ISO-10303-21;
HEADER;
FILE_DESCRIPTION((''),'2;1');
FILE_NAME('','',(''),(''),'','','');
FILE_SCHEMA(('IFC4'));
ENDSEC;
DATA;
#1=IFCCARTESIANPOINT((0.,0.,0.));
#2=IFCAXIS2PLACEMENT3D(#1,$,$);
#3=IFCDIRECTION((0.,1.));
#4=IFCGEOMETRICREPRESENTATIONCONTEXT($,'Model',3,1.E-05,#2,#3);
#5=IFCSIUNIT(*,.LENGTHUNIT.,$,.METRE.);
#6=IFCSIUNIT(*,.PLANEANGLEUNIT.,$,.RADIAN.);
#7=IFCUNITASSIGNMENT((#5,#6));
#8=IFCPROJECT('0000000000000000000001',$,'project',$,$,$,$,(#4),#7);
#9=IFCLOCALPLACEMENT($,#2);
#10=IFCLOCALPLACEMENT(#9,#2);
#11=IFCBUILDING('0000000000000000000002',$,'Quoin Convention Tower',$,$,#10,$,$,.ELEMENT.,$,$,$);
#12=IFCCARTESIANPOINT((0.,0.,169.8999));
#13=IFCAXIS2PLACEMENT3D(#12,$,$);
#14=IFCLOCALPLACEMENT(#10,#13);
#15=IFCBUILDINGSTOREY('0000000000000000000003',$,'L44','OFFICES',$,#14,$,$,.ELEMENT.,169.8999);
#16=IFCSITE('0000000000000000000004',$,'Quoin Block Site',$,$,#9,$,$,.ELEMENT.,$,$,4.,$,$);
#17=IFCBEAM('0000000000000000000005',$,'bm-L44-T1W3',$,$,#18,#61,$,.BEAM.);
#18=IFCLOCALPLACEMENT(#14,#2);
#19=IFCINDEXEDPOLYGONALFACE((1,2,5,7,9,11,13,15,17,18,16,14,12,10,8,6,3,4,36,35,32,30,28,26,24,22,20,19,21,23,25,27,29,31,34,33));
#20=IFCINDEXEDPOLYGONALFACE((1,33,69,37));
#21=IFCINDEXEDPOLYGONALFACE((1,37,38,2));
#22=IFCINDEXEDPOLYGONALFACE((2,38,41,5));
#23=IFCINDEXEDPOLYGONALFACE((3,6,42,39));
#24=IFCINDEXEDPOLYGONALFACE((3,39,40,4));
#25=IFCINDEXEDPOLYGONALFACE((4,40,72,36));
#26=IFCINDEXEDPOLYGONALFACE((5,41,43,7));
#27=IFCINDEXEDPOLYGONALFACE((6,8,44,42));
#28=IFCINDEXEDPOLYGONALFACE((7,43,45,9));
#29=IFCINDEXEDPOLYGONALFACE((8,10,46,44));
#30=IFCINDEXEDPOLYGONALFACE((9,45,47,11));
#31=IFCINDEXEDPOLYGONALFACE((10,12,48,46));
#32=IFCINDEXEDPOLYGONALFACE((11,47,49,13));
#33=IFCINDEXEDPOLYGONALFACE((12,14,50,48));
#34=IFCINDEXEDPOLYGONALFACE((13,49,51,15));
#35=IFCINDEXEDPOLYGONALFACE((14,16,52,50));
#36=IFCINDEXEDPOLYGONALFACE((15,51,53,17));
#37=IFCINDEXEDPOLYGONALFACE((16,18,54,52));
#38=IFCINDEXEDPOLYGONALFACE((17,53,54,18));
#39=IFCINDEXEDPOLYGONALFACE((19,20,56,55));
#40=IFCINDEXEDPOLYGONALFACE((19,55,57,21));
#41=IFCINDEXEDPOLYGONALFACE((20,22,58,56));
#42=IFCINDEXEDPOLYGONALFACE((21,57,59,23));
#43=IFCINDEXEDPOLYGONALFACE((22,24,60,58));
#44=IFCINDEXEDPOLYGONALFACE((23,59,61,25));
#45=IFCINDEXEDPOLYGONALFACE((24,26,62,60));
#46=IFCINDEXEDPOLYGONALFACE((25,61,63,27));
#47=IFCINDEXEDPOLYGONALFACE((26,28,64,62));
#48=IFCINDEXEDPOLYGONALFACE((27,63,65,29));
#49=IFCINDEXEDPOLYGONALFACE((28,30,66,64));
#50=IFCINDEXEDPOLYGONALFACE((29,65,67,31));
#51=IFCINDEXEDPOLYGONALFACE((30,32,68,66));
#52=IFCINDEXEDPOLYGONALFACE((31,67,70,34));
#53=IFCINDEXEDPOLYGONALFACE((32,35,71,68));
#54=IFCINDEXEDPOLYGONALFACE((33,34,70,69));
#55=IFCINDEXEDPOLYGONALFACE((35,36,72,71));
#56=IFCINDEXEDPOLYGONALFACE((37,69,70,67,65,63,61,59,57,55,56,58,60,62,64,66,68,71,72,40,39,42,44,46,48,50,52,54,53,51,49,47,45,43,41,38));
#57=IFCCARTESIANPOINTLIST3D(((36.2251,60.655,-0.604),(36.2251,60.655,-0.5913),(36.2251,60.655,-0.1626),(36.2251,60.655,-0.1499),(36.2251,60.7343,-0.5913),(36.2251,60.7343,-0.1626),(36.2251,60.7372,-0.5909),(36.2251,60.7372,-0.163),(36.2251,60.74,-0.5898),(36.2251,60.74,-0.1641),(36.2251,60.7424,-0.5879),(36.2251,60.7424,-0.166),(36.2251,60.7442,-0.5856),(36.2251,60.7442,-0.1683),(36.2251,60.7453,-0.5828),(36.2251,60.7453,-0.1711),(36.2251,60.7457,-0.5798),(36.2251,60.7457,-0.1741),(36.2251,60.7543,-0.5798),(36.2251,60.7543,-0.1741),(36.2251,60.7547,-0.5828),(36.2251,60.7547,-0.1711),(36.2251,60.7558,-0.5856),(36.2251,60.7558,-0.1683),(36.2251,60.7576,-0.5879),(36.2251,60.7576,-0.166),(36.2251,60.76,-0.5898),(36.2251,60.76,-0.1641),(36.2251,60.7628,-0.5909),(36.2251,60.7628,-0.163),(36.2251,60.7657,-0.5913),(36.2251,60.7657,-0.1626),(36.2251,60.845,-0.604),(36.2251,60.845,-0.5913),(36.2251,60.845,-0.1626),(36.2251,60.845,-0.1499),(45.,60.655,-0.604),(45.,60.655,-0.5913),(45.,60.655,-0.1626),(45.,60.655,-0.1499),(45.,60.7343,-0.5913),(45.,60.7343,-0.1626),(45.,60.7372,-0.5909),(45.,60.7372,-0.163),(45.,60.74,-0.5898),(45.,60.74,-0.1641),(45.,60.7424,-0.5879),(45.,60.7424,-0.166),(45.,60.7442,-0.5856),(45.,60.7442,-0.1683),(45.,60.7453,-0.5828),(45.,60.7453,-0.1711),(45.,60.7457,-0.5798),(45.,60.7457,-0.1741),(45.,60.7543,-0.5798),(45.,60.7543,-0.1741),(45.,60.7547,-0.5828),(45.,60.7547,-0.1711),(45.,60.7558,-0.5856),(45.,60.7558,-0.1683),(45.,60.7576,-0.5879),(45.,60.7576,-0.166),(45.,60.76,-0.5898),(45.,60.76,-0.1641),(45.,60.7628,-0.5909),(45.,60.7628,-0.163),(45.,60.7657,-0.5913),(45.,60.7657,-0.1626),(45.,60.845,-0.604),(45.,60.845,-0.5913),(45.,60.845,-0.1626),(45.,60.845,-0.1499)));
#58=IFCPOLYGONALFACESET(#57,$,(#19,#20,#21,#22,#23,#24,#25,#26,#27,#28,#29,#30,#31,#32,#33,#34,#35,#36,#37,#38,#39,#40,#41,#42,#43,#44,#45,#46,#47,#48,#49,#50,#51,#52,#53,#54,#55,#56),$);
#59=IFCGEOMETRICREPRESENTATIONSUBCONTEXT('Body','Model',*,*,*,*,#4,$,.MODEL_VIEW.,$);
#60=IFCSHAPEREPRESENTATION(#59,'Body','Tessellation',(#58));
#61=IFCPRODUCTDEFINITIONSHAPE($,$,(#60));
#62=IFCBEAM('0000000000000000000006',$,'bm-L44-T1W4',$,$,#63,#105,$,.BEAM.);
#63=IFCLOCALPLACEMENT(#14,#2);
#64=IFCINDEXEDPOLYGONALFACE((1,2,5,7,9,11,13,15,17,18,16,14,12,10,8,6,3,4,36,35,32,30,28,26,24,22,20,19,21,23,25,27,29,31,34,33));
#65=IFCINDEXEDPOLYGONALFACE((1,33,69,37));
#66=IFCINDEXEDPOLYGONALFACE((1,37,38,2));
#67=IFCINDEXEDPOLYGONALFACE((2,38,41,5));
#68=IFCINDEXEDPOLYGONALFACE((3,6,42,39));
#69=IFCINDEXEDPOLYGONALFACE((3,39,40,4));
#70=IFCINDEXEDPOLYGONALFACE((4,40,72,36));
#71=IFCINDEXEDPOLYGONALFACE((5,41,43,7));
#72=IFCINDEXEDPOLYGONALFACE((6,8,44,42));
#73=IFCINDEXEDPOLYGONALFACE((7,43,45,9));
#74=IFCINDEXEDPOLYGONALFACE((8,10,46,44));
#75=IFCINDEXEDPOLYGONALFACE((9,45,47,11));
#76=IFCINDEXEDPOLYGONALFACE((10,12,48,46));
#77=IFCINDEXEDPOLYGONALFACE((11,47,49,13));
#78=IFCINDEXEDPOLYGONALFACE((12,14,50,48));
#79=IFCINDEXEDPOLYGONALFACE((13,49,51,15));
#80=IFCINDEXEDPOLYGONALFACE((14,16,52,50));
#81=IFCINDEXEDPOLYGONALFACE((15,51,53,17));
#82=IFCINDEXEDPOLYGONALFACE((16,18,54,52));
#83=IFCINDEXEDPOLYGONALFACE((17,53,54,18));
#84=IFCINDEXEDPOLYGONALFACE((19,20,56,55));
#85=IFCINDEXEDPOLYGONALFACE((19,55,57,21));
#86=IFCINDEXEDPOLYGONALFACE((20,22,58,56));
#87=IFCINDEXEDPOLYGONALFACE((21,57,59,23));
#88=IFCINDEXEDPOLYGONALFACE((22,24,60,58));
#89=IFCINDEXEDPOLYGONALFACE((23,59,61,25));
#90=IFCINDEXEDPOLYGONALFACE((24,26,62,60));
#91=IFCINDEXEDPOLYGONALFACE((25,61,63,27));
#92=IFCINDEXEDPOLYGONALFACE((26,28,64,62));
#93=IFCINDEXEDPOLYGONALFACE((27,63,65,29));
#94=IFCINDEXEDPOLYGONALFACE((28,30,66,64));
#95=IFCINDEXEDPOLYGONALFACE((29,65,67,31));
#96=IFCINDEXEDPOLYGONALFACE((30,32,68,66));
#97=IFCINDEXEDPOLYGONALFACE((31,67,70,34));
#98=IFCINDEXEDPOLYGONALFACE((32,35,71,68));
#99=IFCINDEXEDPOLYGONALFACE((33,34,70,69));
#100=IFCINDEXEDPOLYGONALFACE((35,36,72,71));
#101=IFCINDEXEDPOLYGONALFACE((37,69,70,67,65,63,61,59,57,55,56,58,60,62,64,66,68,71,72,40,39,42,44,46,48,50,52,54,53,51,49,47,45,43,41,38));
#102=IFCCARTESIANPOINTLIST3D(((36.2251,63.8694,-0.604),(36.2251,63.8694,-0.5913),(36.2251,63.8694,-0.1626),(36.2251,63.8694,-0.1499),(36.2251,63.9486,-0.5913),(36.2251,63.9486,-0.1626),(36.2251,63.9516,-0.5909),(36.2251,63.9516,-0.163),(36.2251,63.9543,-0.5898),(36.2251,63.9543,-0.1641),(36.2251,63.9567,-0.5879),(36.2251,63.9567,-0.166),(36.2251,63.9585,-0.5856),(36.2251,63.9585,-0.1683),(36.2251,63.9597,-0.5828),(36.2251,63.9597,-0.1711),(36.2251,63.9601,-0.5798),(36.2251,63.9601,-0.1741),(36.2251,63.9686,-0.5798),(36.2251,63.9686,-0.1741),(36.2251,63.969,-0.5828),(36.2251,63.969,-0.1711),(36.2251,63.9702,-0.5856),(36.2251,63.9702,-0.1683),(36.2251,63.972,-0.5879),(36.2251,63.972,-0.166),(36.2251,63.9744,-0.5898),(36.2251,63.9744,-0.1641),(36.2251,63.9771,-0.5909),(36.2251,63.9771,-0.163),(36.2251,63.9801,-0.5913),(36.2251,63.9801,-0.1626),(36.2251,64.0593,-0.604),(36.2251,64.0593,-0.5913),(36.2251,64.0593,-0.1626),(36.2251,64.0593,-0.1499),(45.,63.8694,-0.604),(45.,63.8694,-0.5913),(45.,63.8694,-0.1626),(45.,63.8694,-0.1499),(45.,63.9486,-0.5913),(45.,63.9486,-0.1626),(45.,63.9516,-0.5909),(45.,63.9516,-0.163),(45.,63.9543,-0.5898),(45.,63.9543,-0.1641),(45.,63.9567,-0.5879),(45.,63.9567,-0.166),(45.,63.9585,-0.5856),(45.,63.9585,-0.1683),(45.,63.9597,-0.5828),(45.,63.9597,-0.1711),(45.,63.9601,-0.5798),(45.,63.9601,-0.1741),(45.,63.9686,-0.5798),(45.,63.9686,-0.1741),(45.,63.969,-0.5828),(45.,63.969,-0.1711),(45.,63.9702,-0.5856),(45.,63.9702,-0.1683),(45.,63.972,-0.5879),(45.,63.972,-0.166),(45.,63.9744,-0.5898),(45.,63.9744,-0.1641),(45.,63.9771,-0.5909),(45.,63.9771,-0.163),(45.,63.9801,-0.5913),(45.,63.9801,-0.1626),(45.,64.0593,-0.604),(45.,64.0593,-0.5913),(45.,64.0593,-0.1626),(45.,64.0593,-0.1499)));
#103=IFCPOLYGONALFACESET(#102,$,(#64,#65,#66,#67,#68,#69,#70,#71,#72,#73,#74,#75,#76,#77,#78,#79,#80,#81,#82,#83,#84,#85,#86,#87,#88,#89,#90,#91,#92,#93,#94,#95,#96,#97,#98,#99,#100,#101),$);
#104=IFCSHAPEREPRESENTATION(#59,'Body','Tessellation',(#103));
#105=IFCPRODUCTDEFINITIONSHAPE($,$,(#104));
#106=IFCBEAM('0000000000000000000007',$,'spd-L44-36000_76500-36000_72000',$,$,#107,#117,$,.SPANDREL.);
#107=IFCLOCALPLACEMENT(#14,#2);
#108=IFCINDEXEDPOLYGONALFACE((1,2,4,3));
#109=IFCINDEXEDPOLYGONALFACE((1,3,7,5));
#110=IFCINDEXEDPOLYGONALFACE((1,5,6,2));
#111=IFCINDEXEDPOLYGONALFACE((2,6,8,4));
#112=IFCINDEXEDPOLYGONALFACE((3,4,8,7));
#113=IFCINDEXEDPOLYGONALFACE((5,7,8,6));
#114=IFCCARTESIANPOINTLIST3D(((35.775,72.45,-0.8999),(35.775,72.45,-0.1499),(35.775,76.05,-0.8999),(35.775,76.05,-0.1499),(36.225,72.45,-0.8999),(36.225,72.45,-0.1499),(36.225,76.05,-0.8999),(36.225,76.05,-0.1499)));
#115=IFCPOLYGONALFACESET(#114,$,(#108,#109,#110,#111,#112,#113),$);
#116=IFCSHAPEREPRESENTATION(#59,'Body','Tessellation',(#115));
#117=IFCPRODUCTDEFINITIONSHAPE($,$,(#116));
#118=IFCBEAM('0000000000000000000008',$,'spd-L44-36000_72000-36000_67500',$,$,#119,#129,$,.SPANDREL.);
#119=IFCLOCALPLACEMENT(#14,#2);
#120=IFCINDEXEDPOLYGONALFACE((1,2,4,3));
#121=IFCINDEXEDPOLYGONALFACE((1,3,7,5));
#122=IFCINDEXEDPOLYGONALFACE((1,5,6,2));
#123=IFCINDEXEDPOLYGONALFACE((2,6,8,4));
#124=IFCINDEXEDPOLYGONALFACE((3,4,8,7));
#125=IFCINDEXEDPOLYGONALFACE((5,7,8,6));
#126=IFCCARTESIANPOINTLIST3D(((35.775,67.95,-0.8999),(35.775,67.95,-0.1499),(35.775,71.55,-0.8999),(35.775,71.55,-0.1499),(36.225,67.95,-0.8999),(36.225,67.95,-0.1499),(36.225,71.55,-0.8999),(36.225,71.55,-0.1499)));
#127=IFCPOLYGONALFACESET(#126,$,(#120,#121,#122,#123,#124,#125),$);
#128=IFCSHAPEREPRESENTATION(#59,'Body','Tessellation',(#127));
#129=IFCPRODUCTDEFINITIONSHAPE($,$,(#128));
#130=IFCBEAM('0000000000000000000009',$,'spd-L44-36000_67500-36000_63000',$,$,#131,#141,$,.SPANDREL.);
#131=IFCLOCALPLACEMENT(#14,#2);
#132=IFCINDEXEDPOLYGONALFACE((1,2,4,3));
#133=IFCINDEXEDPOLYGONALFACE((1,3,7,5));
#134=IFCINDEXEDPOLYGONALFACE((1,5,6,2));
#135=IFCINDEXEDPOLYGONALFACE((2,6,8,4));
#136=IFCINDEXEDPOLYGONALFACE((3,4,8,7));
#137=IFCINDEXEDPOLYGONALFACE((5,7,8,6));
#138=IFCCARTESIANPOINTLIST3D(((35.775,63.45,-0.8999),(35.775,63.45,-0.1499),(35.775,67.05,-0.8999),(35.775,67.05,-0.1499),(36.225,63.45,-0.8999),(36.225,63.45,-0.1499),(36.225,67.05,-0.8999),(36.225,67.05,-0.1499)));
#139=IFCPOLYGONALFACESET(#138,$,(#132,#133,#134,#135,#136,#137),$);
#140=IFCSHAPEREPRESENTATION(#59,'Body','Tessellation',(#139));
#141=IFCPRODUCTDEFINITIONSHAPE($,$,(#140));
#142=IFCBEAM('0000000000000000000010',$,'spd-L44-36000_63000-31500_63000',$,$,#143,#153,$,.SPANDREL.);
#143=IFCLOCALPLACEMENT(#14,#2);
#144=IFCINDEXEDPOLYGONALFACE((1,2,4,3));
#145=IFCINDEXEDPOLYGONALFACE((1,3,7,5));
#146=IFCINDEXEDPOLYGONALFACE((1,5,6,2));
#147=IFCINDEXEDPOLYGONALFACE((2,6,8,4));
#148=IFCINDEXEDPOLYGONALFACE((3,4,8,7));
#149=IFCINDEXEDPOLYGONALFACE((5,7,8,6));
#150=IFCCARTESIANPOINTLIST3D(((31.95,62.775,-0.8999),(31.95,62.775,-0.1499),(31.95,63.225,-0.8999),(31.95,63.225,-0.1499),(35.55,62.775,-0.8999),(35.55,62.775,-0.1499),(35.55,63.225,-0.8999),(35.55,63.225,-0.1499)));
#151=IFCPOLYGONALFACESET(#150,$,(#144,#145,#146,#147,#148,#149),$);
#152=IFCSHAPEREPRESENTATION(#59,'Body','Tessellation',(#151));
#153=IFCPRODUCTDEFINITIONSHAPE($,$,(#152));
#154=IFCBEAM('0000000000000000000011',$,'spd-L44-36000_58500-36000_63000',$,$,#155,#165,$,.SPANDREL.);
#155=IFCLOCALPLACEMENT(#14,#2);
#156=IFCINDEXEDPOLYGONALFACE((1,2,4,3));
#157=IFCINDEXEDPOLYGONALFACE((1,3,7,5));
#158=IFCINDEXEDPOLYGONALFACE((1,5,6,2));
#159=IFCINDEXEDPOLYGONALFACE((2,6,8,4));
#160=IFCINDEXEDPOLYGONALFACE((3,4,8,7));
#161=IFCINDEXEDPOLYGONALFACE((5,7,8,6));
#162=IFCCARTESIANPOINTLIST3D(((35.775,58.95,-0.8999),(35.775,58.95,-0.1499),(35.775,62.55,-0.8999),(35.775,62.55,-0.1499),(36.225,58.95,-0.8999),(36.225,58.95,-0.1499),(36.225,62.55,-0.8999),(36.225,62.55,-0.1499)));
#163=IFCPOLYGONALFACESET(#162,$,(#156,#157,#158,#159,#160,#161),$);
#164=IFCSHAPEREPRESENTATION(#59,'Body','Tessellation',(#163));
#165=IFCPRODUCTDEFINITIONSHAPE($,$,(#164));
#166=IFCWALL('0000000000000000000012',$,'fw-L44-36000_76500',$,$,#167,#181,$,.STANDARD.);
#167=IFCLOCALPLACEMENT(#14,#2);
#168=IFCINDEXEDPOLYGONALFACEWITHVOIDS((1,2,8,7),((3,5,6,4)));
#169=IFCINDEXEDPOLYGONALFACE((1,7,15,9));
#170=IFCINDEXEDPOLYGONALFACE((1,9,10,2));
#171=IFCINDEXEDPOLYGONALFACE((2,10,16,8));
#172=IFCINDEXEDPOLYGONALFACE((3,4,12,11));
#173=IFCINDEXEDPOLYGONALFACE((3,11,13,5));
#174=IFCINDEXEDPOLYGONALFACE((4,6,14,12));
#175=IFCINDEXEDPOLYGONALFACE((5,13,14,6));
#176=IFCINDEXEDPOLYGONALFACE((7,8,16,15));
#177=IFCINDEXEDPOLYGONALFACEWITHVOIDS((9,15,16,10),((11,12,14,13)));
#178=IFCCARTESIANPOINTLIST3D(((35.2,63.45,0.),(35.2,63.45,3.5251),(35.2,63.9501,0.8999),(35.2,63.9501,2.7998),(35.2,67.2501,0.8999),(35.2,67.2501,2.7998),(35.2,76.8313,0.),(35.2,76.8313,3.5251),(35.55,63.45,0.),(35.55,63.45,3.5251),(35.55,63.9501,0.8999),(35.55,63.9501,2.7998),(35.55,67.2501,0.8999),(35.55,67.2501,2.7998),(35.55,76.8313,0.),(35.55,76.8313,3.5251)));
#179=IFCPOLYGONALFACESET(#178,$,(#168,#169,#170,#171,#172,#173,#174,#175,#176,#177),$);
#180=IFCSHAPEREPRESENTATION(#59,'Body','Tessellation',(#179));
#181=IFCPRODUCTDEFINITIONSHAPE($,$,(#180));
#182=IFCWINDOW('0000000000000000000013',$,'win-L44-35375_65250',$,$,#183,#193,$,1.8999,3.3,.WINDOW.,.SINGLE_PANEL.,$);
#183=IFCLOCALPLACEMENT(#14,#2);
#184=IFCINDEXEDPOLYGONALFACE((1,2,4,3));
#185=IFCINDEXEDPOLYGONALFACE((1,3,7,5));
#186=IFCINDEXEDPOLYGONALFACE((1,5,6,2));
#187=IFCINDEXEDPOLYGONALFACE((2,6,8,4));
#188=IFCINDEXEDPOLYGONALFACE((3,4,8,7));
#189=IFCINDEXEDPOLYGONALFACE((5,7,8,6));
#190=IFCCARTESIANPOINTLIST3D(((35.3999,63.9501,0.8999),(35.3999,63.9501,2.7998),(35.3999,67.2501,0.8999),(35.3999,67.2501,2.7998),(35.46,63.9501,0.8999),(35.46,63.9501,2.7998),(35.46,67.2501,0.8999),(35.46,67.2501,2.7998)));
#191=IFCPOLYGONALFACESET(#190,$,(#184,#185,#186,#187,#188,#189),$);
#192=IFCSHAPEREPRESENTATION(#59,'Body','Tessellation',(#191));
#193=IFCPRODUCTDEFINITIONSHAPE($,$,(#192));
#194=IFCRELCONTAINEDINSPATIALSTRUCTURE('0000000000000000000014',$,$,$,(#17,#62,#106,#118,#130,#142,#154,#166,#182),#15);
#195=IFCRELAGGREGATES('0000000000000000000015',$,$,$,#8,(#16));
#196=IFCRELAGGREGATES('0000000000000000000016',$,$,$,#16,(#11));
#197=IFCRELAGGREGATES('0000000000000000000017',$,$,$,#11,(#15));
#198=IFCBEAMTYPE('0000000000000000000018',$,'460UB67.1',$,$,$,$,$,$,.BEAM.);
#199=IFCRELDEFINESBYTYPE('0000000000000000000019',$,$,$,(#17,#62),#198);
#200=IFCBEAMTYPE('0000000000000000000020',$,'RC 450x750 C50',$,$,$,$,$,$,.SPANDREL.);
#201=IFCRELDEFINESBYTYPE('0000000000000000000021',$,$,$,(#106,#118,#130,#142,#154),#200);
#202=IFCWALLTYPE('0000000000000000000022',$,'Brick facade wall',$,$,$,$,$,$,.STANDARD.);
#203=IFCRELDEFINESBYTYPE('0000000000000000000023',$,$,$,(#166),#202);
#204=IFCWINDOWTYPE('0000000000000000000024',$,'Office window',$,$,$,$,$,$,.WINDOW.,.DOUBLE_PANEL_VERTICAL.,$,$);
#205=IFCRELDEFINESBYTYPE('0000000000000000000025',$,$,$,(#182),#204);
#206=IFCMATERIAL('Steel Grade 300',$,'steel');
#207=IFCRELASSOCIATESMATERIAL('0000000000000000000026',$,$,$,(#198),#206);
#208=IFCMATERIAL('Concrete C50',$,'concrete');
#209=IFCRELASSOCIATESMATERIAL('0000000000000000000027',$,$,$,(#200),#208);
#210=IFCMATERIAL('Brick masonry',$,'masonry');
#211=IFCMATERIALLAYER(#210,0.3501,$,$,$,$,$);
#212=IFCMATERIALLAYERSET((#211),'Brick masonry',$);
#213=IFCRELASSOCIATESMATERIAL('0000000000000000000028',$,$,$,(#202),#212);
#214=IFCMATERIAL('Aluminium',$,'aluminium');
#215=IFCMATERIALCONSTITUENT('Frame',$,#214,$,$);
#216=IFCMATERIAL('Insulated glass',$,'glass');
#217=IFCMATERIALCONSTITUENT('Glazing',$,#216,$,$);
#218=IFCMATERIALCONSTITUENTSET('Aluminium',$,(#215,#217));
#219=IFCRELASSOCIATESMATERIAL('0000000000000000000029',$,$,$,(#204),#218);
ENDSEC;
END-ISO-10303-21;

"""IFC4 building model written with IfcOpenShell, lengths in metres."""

from ifc_helpers import new_model, si_unit, direction, frame, frame_2d, origin, origin_2d, place, context, subcontext, project, spatial, rectangle, i_section, extrude, material, layer, layer_set, constituent, constituent_set, material_profile, profile_set, type_object, element, fill, save


model = new_model("IFC4")

# Units and contexts
model_context = context("Model", 3, precision=1e-05, world=origin(), true_north=direction((0.0, 1.0)))
body_context = subcontext(model_context, "Body", "Model", "MODEL_VIEW")
ifc_project = project(units=[si_unit("LENGTHUNIT", "METRE"), si_unit("PLANEANGLEUNIT", "RADIAN")], contexts=[model_context])

# Site, building, storey
site_placement = place(None, origin())
site = spatial("IfcSite", under=ifc_project, at=site_placement, Name="Quoin Block Site", CompositionType="ELEMENT", RefElevation=4.0)
building_placement = place(site_placement, origin())
building = spatial("IfcBuilding", under=site, at=building_placement, Name="Quoin Convention Tower", CompositionType="ELEMENT")
storey_placement = place(building_placement, frame((0.0, 0.0, 169.8999)))
storey = spatial("IfcBuildingStorey", under=building, at=storey_placement, Name="L44", Description="OFFICES", CompositionType="ELEMENT", Elevation=169.8999)

# Shared definitions
ifc_material_1 = material(Name="Concrete C50", Category="concrete")

# Beams
ifc_material_2 = material(Name="Steel Grade 300", Category="steel")
ifc_material_profile_1 = material_profile(ifc_material_2, i_section(OverallWidth=0.1899, OverallDepth=0.4541, WebThickness=0.0085, FlangeThickness=0.0127, FilletRadius=0.0115, at=origin_2d()), Name="460UB67.1")
ifc_profile_set_1 = profile_set([ifc_material_profile_1], Name="Steel Grade 300")
beam_type_1 = type_object("IfcBeamType", Name="460UB67.1", PredefinedType="BEAM", material=ifc_profile_set_1)
for number, where, z_axis, x_axis, name in (
    (1, (36.2251, 60.75, -0.377), (1.0, 0.0, 0.0), (0.0, 1.0, 0.0), "bm-L44-T1W3"),
    (2, (36.2251, 63.9644, -0.377), (1.0, 0.0, 0.0), (0.0, 1.0, 0.0), "bm-L44-T1W4"),
):
    element("IfcBeam", number, at=place(storey_placement, frame(where, z_axis=z_axis, x_axis=x_axis)), inside=storey, type_object=beam_type_1, Name=name, PredefinedType="BEAM", context=body_context, shape_type="SweptSolid", body=[
        extrude(i_section(OverallWidth=0.1899, OverallDepth=0.4541, WebThickness=0.0085, FlangeThickness=0.0127, FilletRadius=0.0115, at=origin_2d()), origin(), (0.0, 0.0, 1.0), 8.7749),
    ])
ifc_material_profile_2 = material_profile(ifc_material_1, rectangle(XDim=0.45, YDim=0.75, at=origin_2d()), Name="RC 450x750")
ifc_profile_set_2 = profile_set([ifc_material_profile_2], Name="Concrete C50")
beam_type_2 = type_object("IfcBeamType", Name="RC 450x750 C50", PredefinedType="SPANDREL", material=ifc_profile_set_2)
for number, where, z_axis, x_axis, name in (
    (3, (36.0, 76.05, -0.5249), (0.0, -1.0, 0.0), (1.0, 0.0, 0.0), "spd-L44-36000_76500-36000_72000"),
    (4, (36.0, 71.55, -0.5249), (0.0, -1.0, 0.0), (1.0, 0.0, 0.0), "spd-L44-36000_72000-36000_67500"),
    (5, (36.0, 67.05, -0.5249), (0.0, -1.0, 0.0), (1.0, 0.0, 0.0), "spd-L44-36000_67500-36000_63000"),
    (6, (35.55, 63.0, -0.5249), (-1.0, 0.0, 0.0), (0.0, -1.0, 0.0), "spd-L44-36000_63000-31500_63000"),
    (7, (36.0, 58.95, -0.5249), (0.0, 1.0, 0.0), (-1.0, 0.0, 0.0), "spd-L44-36000_58500-36000_63000"),
):
    element("IfcBeam", number, at=place(storey_placement, frame(where, z_axis=z_axis, x_axis=x_axis)), inside=storey, type_object=beam_type_2, Name=name, PredefinedType="SPANDREL", context=body_context, shape_type="SweptSolid", body=[
        extrude(rectangle(XDim=0.45, YDim=0.75, at=origin_2d()), origin(), (0.0, 0.0, 1.0), 3.6001),
    ])

# Wall, opening, window
ifc_material_3 = material(Name="Brick masonry", Category="masonry")
ifc_layer_1 = layer(ifc_material_3, 0.3501)
ifc_layer_set_1 = layer_set([ifc_layer_1], Name="Brick masonry")
wall_type_1 = type_object("IfcWallType", Name="Brick facade wall", PredefinedType="STANDARD", material=ifc_layer_set_1)
wall_1_placement = place(storey_placement, frame((35.375, 76.8313, 0.0), z_axis=(0.0, 0.0, 1.0), x_axis=(0.0, -1.0, 0.0)))
wall_1 = element("IfcWall", 8, at=wall_1_placement, inside=storey, type_object=wall_type_1, Name="fw-L44-36000_76500", PredefinedType="STANDARD", context=body_context, shape_type="SweptSolid", body=[
    extrude(rectangle(XDim=13.3813, YDim=0.3501, at=frame_2d((6.6907, 0.0))), origin(), (0.0, 0.0, 1.0), 3.5251),
])
opening_1_placement = place(wall_1_placement, frame((9.5813, 0.0, 0.8999)))
opening_1 = element("IfcOpeningElement", 9, at=opening_1_placement, cuts=wall_1, PredefinedType="OPENING", context=body_context, shape_type="SweptSolid", body=[
    extrude(rectangle(XDim=3.3, YDim=1.8999, at=frame_2d((1.6499, 0.95))), frame((0.0, 0.1851, 0.0), z_axis=(0.0, -1.0, 0.0), x_axis=(1.0, 0.0, 0.0)), (0.0, 0.0, 1.0), 0.3701),
])
ifc_material_4 = material(Name="Aluminium", Category="aluminium")
ifc_constituent_1 = constituent(ifc_material_4, Name="Frame")
ifc_material_5 = material(Name="Insulated glass", Category="glass")
ifc_constituent_2 = constituent(ifc_material_5, Name="Glazing")
ifc_constituent_set = constituent_set(constituents=[ifc_constituent_1, ifc_constituent_2], Name="Aluminium")
window_type = type_object("IfcWindowType", Name="Office window", PartitioningType="DOUBLE_PANEL_VERTICAL", PredefinedType="WINDOW", material=ifc_constituent_set)
window_1_placement = place(opening_1_placement, origin())
window_1 = element("IfcWindow", 10, at=window_1_placement, inside=storey, type_object=window_type, Name="win-L44-35375_65250", OverallHeight=1.8999, OverallWidth=3.3, PartitioningType="SINGLE_PANEL", PredefinedType="WINDOW", context=body_context, shape_type="SweptSolid", body=[
    extrude(rectangle(XDim=3.3, YDim=1.8999, at=frame_2d((1.6499, 0.95))), frame((0.0, 0.085, 0.0), z_axis=(0.0, -1.0, 0.0), x_axis=(1.0, 0.0, 0.0)), (0.0, 0.0, 1.0), 0.0601),
])
fill(opening_1, window_1)

save(model, "model.ifc")
